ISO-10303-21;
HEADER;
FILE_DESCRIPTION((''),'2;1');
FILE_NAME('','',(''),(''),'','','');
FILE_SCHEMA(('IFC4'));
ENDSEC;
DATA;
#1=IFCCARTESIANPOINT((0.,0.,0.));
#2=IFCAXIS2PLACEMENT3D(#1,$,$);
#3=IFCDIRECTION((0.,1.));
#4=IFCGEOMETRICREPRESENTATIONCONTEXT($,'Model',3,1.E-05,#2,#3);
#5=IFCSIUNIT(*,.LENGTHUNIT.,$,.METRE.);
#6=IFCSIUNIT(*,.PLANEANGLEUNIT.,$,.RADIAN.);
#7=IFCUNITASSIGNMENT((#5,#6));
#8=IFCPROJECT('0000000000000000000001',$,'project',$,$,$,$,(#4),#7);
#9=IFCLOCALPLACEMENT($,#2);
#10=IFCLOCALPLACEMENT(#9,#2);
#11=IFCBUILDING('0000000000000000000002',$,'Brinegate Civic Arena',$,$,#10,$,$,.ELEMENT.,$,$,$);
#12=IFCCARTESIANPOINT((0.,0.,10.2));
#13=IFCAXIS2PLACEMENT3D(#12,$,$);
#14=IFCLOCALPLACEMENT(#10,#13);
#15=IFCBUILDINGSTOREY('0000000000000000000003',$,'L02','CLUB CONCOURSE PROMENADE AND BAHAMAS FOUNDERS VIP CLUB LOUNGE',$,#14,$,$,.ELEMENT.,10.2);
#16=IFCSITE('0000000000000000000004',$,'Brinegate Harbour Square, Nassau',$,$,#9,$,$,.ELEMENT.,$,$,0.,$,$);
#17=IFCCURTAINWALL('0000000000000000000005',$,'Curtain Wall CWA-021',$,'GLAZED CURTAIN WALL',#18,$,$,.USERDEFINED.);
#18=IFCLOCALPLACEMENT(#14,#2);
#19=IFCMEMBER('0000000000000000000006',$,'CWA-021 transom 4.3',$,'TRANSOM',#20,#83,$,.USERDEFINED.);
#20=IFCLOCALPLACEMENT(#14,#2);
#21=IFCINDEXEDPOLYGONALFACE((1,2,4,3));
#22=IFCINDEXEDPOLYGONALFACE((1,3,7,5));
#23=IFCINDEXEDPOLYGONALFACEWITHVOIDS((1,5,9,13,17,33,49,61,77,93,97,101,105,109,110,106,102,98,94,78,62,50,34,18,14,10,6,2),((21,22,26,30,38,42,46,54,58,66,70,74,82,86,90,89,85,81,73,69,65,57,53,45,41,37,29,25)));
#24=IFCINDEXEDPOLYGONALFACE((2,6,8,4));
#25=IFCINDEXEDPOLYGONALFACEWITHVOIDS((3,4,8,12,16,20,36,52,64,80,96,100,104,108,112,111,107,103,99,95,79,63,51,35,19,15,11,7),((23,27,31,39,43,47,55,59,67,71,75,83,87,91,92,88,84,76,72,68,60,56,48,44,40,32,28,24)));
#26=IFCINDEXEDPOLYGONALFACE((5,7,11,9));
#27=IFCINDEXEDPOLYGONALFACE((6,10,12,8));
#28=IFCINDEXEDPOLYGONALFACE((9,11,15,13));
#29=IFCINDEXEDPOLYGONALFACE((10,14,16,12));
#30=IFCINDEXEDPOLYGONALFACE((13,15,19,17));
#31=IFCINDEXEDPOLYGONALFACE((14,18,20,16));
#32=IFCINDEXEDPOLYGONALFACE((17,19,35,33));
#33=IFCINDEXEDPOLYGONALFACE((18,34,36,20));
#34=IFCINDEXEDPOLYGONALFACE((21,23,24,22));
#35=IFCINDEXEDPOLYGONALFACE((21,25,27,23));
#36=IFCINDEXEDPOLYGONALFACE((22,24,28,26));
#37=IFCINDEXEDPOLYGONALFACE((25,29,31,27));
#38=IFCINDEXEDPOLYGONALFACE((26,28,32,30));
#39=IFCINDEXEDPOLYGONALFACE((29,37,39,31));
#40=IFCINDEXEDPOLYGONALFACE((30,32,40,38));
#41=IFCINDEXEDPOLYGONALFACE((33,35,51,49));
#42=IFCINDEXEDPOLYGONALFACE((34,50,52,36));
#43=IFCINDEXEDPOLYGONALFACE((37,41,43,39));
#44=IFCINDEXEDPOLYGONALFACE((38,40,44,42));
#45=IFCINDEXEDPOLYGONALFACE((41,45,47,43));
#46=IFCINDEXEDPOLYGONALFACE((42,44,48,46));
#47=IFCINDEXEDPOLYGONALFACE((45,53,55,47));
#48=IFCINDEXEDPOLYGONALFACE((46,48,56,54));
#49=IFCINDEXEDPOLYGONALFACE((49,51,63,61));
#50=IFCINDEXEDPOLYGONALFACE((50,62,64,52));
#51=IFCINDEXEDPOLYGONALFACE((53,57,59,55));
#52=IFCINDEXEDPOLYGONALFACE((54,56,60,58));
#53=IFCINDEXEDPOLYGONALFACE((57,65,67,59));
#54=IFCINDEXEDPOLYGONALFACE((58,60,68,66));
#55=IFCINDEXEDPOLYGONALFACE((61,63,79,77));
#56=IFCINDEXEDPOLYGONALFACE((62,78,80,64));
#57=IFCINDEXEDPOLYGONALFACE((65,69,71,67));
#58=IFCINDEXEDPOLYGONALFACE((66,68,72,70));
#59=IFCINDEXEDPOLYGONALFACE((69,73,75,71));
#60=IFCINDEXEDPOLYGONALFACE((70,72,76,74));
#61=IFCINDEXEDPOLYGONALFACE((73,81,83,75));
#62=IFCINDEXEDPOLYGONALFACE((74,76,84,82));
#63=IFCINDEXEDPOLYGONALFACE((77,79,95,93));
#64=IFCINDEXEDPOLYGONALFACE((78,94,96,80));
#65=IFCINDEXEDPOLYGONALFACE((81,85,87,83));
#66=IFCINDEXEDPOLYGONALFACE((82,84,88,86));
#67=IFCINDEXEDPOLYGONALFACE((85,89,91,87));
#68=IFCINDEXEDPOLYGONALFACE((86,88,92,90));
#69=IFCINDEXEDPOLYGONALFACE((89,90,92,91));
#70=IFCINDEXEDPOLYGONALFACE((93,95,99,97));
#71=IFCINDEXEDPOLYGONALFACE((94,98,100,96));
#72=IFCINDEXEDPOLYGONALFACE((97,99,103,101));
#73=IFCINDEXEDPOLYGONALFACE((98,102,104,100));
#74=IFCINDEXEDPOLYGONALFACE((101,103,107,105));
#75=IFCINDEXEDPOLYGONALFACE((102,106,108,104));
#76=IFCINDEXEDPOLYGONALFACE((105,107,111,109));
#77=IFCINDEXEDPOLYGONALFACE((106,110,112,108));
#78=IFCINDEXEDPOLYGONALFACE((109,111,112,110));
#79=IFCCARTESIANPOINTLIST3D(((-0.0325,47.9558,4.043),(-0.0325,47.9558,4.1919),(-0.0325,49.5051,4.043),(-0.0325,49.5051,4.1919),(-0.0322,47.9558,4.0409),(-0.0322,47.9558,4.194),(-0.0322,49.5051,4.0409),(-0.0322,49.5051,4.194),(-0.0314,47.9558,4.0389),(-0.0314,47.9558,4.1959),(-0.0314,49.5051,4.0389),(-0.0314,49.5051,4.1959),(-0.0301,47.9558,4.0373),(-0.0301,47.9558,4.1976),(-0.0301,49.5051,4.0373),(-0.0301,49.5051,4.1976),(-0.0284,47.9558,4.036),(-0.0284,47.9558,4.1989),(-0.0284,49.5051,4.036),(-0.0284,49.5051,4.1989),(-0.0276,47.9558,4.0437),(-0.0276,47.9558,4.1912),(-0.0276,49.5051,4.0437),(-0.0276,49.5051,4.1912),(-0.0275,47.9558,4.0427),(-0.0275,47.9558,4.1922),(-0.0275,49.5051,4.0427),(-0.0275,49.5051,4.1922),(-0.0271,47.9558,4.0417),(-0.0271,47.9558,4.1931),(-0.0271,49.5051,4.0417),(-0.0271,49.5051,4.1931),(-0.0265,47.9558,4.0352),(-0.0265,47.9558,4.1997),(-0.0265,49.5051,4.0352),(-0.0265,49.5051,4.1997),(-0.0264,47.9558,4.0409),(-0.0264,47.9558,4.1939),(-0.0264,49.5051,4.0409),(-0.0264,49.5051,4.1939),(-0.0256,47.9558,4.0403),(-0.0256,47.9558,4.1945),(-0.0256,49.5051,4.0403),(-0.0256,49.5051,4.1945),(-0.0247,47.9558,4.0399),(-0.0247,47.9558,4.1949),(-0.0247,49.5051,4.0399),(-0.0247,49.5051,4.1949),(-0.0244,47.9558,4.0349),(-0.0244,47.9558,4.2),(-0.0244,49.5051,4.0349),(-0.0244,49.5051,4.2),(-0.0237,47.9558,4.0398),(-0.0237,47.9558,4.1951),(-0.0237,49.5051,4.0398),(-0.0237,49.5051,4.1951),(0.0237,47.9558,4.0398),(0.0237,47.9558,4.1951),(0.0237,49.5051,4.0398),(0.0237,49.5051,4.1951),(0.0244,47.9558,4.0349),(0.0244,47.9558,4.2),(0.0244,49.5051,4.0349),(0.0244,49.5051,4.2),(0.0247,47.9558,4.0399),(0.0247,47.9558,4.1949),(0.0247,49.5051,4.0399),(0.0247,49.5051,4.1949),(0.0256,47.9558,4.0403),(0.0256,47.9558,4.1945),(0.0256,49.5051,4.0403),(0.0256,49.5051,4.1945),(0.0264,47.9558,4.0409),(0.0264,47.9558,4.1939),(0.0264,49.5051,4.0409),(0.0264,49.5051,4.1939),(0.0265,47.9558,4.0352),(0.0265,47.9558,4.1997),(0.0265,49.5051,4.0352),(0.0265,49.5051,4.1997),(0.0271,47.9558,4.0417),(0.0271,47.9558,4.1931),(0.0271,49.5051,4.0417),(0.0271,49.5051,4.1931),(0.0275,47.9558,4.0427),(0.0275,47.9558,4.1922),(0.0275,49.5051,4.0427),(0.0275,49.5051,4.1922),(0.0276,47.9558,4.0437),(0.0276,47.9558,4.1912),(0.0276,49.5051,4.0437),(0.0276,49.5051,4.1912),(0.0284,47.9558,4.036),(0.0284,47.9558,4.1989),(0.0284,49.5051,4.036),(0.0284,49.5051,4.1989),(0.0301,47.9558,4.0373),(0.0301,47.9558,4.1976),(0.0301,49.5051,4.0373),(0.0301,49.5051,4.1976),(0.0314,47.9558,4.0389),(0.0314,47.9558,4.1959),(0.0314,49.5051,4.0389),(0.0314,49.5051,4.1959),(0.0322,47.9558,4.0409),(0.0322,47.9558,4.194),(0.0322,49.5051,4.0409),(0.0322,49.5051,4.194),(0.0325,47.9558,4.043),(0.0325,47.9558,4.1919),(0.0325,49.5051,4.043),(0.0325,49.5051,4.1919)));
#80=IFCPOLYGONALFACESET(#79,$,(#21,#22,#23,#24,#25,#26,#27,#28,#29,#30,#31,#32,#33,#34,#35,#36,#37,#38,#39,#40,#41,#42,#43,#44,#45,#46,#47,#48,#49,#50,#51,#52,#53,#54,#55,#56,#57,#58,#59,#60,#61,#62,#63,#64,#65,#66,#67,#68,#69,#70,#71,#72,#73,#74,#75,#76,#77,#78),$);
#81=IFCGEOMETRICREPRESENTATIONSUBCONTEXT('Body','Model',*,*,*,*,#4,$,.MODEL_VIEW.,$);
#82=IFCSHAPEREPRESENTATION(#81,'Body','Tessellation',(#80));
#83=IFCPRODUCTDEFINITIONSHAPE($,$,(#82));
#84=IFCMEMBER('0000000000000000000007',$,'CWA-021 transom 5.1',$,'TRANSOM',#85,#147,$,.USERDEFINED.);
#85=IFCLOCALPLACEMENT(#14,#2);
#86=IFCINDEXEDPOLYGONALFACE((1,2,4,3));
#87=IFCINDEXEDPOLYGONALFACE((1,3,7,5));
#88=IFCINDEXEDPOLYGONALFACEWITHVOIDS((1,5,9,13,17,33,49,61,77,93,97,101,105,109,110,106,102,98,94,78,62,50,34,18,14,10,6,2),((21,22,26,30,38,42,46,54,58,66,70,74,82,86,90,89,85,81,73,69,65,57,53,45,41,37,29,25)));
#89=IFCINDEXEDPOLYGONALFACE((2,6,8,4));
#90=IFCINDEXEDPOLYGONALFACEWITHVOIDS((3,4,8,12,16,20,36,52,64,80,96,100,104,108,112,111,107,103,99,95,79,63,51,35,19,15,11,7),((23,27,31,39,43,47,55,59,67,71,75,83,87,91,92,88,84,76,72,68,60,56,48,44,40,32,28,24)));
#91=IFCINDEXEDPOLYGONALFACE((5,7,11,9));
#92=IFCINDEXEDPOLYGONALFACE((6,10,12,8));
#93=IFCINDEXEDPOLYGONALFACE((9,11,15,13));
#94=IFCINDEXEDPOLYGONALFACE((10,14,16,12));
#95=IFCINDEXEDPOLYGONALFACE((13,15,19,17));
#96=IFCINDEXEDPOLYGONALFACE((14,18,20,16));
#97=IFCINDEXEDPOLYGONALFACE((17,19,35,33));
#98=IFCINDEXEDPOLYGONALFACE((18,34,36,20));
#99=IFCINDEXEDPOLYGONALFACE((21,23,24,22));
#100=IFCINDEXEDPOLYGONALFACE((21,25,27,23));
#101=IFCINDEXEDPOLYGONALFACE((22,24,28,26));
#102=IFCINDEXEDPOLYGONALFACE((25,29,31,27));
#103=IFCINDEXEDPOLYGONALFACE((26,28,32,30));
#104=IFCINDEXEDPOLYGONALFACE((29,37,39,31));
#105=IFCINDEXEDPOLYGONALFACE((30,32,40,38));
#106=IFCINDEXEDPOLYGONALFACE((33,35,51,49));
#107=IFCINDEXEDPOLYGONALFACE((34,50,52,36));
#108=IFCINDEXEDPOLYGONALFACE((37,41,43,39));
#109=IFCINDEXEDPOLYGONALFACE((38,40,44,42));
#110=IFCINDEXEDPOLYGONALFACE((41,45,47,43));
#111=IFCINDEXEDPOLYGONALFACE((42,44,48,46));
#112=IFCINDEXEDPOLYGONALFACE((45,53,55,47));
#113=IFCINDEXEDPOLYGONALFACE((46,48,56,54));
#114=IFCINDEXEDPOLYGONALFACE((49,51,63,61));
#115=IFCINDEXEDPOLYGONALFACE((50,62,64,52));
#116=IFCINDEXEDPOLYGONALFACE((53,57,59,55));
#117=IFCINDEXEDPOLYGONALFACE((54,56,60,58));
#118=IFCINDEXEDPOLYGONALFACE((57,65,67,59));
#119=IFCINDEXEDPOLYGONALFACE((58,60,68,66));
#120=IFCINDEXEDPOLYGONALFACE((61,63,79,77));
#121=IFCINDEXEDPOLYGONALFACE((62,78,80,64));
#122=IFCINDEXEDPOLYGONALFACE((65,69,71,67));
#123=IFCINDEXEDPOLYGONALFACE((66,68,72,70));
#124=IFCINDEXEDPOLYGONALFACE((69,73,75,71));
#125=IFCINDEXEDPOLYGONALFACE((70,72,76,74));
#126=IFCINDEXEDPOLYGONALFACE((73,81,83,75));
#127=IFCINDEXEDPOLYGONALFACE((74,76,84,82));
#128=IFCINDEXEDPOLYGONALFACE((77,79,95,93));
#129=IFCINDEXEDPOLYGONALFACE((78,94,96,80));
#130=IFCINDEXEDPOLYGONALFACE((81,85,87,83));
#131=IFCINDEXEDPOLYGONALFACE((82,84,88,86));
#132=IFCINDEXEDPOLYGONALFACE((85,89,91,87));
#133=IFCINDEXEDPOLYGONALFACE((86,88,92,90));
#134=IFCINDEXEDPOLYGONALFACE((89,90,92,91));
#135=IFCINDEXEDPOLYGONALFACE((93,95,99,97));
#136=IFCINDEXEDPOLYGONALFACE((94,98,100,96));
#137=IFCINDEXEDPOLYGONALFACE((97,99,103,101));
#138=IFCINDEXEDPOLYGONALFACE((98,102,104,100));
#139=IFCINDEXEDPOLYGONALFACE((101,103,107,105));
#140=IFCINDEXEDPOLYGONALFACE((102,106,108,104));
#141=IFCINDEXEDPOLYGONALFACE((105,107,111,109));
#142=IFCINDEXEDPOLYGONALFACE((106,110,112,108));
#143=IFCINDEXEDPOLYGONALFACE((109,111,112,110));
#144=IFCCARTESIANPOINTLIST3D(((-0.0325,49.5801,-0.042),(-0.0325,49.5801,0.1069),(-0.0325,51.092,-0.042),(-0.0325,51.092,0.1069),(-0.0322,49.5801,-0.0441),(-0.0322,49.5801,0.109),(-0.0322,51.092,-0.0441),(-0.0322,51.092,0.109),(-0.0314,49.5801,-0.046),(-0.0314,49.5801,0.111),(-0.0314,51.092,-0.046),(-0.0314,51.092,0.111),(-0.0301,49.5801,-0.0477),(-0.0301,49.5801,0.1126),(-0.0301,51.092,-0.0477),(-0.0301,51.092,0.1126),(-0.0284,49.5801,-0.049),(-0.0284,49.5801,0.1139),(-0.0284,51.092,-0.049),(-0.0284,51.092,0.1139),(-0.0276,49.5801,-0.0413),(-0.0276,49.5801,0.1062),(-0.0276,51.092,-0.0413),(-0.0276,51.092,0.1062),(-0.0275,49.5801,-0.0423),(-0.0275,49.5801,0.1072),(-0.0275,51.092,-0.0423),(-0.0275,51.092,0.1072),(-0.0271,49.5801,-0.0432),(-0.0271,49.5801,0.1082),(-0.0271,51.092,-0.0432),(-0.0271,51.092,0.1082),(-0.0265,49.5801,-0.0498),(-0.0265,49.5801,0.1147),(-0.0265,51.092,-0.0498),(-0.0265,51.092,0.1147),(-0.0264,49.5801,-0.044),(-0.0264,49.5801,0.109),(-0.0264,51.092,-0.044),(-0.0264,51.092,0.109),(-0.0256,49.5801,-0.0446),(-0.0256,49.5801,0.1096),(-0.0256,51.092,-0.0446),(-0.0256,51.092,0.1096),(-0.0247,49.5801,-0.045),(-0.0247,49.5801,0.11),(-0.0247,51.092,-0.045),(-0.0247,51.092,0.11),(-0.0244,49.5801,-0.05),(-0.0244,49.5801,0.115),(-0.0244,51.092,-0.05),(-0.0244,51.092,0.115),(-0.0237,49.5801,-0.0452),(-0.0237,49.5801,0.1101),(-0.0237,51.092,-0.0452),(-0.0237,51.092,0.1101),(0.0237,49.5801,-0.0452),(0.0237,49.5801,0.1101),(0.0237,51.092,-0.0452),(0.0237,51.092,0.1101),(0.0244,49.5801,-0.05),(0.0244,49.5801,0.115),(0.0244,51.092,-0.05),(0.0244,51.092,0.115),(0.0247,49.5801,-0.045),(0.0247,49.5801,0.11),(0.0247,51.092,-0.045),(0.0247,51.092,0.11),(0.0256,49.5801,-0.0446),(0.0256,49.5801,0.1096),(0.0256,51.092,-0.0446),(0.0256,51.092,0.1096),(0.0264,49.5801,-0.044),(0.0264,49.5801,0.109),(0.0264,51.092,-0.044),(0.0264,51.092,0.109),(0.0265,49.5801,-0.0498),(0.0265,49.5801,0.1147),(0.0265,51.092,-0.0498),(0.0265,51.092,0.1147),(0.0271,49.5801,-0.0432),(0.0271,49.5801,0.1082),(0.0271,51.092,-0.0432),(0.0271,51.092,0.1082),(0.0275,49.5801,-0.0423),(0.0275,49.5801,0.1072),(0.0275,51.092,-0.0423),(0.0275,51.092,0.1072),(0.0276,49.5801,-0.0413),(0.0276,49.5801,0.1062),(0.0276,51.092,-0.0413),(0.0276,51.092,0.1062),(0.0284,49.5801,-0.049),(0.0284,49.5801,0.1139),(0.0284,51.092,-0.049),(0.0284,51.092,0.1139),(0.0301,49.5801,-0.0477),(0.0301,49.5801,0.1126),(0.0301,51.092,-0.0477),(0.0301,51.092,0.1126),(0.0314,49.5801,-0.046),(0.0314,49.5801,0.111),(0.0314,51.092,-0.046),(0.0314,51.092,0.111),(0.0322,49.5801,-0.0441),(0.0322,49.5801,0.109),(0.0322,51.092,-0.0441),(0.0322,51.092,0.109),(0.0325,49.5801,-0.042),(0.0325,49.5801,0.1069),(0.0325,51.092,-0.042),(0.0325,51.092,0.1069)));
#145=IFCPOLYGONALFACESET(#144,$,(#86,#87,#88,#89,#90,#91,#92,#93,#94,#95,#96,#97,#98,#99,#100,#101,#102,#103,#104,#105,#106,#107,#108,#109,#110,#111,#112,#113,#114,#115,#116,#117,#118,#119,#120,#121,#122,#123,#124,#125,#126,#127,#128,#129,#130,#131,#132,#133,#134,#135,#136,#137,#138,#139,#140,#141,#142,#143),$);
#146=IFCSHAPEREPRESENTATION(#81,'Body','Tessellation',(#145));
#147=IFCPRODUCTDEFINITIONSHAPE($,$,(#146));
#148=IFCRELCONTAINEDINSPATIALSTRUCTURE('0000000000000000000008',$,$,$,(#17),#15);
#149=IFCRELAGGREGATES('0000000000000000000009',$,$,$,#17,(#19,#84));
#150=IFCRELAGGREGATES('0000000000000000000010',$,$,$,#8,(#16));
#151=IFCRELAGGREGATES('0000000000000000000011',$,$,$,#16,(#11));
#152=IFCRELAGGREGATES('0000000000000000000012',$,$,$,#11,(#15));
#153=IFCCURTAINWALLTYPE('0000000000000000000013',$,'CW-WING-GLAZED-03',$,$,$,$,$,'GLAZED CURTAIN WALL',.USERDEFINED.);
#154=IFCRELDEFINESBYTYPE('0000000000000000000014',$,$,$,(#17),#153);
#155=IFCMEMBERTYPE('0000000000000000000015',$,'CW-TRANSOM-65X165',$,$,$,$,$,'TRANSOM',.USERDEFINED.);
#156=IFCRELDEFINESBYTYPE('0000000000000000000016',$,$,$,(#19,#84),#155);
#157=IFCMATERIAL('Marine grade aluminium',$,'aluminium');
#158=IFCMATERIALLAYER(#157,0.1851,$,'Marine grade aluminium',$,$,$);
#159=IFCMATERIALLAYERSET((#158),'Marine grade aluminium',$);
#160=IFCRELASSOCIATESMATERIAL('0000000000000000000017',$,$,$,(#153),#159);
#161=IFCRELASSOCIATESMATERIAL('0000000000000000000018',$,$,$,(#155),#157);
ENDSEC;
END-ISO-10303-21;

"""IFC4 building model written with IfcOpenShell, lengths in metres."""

from ifc_helpers import new_model, si_unit, direction, frame, origin, origin_2d, place, context, subcontext, project, spatial, hollow_rectangle, extrude, material, layer, layer_set, material_profile, profile_set, type_object, element, aggregate, save


model = new_model("IFC4")

# Units and contexts
model_context = context("Model", 3, precision=1e-05, world=origin(), true_north=direction((0.0, 1.0)))
body_context = subcontext(model_context, "Body", "Model", "MODEL_VIEW")
ifc_project = project(units=[si_unit("LENGTHUNIT", "METRE"), si_unit("PLANEANGLEUNIT", "RADIAN")], contexts=[model_context])

# Site, building, storey
site_placement = place(None, origin())
site = spatial("IfcSite", under=ifc_project, at=site_placement, Name="Brinegate Harbour Square, Nassau", CompositionType="ELEMENT", RefElevation=0.0)
building_placement = place(site_placement, origin())
building = spatial("IfcBuilding", under=site, at=building_placement, Name="Brinegate Civic Arena", CompositionType="ELEMENT")
storey_placement = place(building_placement, frame((0.0, 0.0, 10.2)))
storey = spatial("IfcBuildingStorey", under=building, at=storey_placement, Name="L02", Description="CLUB CONCOURSE PROMENADE AND BAHAMAS FOUNDERS VIP CLUB LOUNGE", CompositionType="ELEMENT", Elevation=10.2)

# Curtain wall
ifc_material_1 = material(Name="Marine grade aluminium", Category="aluminium")
ifc_layer_1 = layer(ifc_material_1, 0.1851, Name="Marine grade aluminium")
ifc_layer_set_1 = layer_set([ifc_layer_1], Name="Marine grade aluminium")
curtain_wall_type = type_object("IfcCurtainWallType", Name="CW-WING-GLAZED-03", ElementType="GLAZED CURTAIN WALL", PredefinedType="USERDEFINED", material=ifc_layer_set_1)
curtain_wall_1_placement = place(storey_placement, origin())
curtain_wall_1 = element("IfcCurtainWall", 1, at=curtain_wall_1_placement, inside=storey, type_object=curtain_wall_type, Name="Curtain Wall CWA-021", ObjectType="GLAZED CURTAIN WALL", PredefinedType="USERDEFINED")

# Members
ifc_material_profile_1 = material_profile(ifc_material_1, hollow_rectangle(XDim=0.0649, YDim=0.165, WallThickness=0.0049, InnerFilletRadius=0.0039, OuterFilletRadius=0.0081, at=origin_2d()), Name="TRN65X165")
ifc_profile_set_1 = profile_set([ifc_material_profile_1], Name="Marine grade aluminium")
member_type_1 = type_object("IfcMemberType", Name="CW-TRANSOM-65X165", ElementType="TRANSOM", PredefinedType="USERDEFINED", material=ifc_profile_set_1)
member_1_placement = place(storey_placement, frame((0.0, 47.9558, 4.1174), z_axis=(0.0, 1.0, 0.0), x_axis=(-1.0, 0.0, 0.0)))
member_1 = element("IfcMember", 2, at=member_1_placement, type_object=member_type_1, Name="CWA-021 transom 4.3", ObjectType="TRANSOM", PredefinedType="USERDEFINED", context=body_context, shape_type="SweptSolid", body=[
    extrude(hollow_rectangle(XDim=0.0649, YDim=0.165, WallThickness=0.0049, InnerFilletRadius=0.0039, OuterFilletRadius=0.0081, at=origin_2d()), origin(), (0.0, 0.0, 1.0), 1.5493),
])
member_2_placement = place(storey_placement, frame((0.0, 49.5801, 0.0325), z_axis=(0.0, 1.0, 0.0), x_axis=(-1.0, 0.0, 0.0)))
member_2 = element("IfcMember", 3, at=member_2_placement, type_object=member_type_1, Name="CWA-021 transom 5.1", ObjectType="TRANSOM", PredefinedType="USERDEFINED", context=body_context, shape_type="SweptSolid", body=[
    extrude(hollow_rectangle(XDim=0.0649, YDim=0.165, WallThickness=0.0049, InnerFilletRadius=0.0039, OuterFilletRadius=0.0081, at=origin_2d()), origin(), (0.0, 0.0, 1.0), 1.512),
])

aggregate(curtain_wall_1, [member_1, member_2])

save(model, "model.ifc")
